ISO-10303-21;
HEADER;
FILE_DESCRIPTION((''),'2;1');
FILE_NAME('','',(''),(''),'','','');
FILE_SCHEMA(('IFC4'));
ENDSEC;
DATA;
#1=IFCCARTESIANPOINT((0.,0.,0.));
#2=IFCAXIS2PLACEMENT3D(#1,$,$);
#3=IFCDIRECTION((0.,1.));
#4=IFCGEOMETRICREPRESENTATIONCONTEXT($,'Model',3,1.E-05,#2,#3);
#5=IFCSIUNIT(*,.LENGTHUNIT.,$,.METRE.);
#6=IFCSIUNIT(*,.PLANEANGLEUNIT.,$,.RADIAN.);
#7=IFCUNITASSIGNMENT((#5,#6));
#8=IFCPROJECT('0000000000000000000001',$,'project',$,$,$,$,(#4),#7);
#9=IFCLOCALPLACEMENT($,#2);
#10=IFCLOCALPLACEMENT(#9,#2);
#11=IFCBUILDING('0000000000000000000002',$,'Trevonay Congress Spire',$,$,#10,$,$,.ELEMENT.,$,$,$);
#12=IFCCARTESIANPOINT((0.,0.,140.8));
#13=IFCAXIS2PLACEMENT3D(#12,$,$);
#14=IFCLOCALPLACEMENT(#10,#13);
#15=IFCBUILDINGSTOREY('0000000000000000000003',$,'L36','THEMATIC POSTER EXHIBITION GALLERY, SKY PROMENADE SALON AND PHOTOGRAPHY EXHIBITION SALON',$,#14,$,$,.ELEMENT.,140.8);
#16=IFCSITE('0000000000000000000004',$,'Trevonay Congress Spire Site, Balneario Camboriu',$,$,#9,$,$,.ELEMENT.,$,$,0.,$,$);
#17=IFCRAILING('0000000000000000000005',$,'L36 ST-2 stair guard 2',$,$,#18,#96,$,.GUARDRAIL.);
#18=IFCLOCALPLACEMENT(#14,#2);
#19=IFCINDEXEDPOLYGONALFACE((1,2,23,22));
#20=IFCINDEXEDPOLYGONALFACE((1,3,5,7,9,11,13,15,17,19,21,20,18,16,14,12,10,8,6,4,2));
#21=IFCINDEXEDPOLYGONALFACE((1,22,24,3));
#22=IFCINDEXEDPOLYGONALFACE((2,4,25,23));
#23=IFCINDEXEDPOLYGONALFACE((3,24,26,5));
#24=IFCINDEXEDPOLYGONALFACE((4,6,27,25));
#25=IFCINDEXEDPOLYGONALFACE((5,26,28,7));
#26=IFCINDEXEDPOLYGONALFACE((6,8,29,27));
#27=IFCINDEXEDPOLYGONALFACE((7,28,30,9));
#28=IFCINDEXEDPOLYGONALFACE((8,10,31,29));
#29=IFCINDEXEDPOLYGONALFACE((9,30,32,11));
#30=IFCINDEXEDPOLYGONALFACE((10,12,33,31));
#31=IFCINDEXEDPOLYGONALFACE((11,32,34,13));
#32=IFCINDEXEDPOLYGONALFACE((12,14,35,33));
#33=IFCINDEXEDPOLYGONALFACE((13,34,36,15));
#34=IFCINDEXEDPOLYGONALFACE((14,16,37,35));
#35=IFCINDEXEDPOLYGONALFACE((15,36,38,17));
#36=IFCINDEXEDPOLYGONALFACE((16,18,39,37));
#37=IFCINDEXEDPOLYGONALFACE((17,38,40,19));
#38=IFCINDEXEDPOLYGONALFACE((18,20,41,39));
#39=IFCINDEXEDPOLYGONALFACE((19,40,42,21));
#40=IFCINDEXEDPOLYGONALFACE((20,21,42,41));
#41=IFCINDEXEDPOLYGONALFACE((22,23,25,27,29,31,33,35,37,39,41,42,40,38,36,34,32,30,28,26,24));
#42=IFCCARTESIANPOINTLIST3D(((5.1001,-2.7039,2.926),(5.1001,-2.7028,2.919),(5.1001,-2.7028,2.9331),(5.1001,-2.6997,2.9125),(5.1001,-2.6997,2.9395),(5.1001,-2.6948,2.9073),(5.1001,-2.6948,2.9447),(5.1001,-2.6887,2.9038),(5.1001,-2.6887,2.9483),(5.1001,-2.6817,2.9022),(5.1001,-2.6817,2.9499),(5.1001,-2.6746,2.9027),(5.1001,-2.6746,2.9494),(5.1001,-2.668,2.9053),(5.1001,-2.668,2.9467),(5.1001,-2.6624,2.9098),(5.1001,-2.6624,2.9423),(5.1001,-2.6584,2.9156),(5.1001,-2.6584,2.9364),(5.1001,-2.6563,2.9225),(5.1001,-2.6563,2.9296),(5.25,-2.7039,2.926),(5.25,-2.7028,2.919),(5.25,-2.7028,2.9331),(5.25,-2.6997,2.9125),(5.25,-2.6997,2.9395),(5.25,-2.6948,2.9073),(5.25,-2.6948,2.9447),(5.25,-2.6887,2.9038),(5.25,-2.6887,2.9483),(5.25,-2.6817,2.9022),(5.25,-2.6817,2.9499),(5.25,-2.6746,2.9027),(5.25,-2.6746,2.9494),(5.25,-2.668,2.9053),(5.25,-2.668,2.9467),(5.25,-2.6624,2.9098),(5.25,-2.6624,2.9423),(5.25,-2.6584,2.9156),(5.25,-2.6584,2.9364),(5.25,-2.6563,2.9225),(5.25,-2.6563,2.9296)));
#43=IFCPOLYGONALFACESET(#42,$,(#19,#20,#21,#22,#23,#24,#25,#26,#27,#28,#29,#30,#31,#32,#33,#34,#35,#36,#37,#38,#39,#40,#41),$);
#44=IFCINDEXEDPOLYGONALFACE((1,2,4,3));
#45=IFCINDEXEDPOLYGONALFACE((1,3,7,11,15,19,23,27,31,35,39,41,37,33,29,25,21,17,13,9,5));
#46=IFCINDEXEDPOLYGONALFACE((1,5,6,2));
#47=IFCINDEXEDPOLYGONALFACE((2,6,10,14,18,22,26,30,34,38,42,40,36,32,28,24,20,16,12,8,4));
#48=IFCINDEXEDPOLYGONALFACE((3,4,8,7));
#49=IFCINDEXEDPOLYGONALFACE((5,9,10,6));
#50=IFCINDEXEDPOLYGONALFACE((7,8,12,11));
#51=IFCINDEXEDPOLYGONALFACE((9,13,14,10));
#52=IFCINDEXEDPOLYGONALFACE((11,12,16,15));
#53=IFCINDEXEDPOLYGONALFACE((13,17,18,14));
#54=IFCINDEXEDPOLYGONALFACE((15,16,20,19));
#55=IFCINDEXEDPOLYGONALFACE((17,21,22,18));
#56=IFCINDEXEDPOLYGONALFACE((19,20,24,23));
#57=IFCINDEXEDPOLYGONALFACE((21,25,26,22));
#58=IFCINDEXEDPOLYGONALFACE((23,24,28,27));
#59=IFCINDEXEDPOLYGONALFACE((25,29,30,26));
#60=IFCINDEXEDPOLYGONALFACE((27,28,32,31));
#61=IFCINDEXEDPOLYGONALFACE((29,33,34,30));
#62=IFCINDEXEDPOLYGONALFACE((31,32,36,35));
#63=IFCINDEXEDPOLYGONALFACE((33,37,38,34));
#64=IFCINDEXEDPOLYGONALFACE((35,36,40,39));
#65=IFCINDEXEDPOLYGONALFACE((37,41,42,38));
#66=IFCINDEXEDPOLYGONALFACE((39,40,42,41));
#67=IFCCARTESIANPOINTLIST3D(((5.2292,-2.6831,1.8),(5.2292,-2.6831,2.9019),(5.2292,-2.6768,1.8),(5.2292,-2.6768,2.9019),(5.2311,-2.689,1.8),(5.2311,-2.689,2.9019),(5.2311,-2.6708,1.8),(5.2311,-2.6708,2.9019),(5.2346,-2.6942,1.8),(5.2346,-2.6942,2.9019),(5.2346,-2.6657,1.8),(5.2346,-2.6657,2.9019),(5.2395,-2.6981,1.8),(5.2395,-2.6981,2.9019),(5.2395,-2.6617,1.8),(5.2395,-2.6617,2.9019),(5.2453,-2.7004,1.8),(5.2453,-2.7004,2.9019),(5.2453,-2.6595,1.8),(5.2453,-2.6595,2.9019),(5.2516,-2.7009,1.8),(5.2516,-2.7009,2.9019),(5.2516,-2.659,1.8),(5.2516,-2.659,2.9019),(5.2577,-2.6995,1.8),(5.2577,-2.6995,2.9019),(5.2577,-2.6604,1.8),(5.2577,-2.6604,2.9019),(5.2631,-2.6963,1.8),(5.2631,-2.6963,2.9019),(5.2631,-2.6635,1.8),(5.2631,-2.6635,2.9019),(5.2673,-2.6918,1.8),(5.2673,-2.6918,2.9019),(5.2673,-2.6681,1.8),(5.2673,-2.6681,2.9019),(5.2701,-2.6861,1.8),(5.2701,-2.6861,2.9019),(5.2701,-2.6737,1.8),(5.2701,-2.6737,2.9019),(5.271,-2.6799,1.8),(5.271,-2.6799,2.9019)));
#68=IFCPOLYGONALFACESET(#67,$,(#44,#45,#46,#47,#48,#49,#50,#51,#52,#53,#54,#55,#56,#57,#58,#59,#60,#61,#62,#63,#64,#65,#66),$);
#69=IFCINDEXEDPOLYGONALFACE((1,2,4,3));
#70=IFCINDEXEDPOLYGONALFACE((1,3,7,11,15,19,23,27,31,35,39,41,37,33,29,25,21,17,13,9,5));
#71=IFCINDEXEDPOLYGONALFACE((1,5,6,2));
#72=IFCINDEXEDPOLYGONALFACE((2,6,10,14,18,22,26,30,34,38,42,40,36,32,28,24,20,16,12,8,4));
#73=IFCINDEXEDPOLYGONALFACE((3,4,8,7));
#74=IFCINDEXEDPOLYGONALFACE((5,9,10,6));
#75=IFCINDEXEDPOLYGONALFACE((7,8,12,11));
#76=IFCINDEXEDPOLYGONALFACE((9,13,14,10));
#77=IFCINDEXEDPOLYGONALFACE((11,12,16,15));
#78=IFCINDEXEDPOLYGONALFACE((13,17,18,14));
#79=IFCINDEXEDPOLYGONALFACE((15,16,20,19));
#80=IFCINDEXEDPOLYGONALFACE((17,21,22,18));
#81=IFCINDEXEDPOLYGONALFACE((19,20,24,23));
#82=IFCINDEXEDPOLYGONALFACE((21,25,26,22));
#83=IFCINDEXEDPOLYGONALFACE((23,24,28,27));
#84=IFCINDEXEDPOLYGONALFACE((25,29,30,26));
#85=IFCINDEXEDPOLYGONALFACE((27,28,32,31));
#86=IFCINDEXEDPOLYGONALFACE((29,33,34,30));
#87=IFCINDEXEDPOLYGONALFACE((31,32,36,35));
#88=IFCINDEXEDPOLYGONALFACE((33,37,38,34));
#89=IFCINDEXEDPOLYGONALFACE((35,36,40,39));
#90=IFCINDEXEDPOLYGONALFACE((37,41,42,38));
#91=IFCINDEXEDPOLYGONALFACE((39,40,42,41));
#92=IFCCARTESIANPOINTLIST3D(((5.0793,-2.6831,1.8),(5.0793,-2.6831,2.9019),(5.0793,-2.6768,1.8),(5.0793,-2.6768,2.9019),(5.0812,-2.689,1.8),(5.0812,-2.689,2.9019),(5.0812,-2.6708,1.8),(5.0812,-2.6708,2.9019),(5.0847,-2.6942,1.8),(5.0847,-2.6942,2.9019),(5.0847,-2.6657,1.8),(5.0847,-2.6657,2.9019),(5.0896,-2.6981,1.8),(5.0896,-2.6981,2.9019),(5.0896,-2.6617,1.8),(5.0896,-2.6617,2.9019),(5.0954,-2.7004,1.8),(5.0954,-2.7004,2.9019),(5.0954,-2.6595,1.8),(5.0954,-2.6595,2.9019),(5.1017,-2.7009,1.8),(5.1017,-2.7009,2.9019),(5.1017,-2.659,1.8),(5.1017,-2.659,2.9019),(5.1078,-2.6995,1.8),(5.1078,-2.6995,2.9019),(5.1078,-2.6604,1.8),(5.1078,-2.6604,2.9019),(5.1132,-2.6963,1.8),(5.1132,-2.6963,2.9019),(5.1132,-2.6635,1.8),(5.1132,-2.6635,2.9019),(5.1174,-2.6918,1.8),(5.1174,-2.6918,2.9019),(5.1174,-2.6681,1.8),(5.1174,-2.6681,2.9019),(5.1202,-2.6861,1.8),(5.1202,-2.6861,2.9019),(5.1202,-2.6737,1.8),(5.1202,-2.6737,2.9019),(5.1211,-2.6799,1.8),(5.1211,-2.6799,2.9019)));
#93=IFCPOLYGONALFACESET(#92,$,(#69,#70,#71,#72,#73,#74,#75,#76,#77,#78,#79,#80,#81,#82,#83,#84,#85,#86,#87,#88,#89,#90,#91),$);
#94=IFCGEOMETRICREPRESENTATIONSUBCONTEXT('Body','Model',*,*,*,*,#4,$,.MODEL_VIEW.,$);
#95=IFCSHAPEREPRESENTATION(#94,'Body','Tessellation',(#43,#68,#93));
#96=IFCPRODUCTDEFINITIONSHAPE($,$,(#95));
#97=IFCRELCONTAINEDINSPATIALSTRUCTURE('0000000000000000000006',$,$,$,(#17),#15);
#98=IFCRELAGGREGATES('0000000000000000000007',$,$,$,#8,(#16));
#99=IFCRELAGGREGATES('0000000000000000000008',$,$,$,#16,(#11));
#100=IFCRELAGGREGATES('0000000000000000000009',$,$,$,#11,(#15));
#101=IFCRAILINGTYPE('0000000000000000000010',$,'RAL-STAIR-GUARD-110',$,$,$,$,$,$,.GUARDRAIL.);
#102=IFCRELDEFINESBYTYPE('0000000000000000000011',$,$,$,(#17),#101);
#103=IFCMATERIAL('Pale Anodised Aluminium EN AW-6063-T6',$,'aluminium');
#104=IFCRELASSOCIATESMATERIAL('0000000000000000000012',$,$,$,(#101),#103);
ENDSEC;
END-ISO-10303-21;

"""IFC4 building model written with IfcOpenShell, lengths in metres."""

from ifc_helpers import new_model, si_unit, direction, frame, origin, origin_2d, place, context, subcontext, project, spatial, circle, extrude, material, type_object, element, save


model = new_model("IFC4")

# Units and contexts
model_context = context("Model", 3, precision=1e-05, world=origin(), true_north=direction((0.0, 1.0)))
body_context = subcontext(model_context, "Body", "Model", "MODEL_VIEW")
ifc_project = project(units=[si_unit("LENGTHUNIT", "METRE"), si_unit("PLANEANGLEUNIT", "RADIAN")], contexts=[model_context])

# Site, building, storey
site_placement = place(None, origin())
site = spatial("IfcSite", under=ifc_project, at=site_placement, Name="Trevonay Congress Spire Site, Balneario Camboriu", CompositionType="ELEMENT", RefElevation=0.0)
building_placement = place(site_placement, origin())
building = spatial("IfcBuilding", under=site, at=building_placement, Name="Trevonay Congress Spire", CompositionType="ELEMENT")
storey_placement = place(building_placement, frame((0.0, 0.0, 140.8)))
storey = spatial("IfcBuildingStorey", under=building, at=storey_placement, Name="L36", Description="THEMATIC POSTER EXHIBITION GALLERY, SKY PROMENADE SALON AND PHOTOGRAPHY EXHIBITION SALON", CompositionType="ELEMENT", Elevation=140.8)

# Shared definitions
ifc_material_1 = material(Name="Pale Anodised Aluminium EN AW-6063-T6", Category="aluminium")

# Railing
railing_type_1 = type_object("IfcRailingType", Name="RAL-STAIR-GUARD-110", PredefinedType="GUARDRAIL", material=ifc_material_1)
railing_1_placement = place(storey_placement, frame((5.25, -2.6799, 1.8)))
element("IfcRailing", 1, at=railing_1_placement, inside=storey, type_object=railing_type_1, Name="L36 ST-2 stair guard 2", PredefinedType="GUARDRAIL", context=body_context, shape_type="SweptSolid", body=[
    extrude(circle(Radius=0.0239, at=origin_2d()), frame((0.0, 0.0, 1.126), z_axis=(-1.0, 0.0, 0.0), x_axis=(0.0, -1.0, 0.0)), (0.0, 0.0, 1.0), 0.1499),
    extrude(circle(Radius=0.021, at=origin_2d()), origin(), (0.0, 0.0, 1.0), 1.1018),
    extrude(circle(Radius=0.021, at=origin_2d()), frame((-0.1499, 0.0, 0.0)), (0.0, 0.0, 1.0), 1.1018),
])

save(model, "model.ifc")
